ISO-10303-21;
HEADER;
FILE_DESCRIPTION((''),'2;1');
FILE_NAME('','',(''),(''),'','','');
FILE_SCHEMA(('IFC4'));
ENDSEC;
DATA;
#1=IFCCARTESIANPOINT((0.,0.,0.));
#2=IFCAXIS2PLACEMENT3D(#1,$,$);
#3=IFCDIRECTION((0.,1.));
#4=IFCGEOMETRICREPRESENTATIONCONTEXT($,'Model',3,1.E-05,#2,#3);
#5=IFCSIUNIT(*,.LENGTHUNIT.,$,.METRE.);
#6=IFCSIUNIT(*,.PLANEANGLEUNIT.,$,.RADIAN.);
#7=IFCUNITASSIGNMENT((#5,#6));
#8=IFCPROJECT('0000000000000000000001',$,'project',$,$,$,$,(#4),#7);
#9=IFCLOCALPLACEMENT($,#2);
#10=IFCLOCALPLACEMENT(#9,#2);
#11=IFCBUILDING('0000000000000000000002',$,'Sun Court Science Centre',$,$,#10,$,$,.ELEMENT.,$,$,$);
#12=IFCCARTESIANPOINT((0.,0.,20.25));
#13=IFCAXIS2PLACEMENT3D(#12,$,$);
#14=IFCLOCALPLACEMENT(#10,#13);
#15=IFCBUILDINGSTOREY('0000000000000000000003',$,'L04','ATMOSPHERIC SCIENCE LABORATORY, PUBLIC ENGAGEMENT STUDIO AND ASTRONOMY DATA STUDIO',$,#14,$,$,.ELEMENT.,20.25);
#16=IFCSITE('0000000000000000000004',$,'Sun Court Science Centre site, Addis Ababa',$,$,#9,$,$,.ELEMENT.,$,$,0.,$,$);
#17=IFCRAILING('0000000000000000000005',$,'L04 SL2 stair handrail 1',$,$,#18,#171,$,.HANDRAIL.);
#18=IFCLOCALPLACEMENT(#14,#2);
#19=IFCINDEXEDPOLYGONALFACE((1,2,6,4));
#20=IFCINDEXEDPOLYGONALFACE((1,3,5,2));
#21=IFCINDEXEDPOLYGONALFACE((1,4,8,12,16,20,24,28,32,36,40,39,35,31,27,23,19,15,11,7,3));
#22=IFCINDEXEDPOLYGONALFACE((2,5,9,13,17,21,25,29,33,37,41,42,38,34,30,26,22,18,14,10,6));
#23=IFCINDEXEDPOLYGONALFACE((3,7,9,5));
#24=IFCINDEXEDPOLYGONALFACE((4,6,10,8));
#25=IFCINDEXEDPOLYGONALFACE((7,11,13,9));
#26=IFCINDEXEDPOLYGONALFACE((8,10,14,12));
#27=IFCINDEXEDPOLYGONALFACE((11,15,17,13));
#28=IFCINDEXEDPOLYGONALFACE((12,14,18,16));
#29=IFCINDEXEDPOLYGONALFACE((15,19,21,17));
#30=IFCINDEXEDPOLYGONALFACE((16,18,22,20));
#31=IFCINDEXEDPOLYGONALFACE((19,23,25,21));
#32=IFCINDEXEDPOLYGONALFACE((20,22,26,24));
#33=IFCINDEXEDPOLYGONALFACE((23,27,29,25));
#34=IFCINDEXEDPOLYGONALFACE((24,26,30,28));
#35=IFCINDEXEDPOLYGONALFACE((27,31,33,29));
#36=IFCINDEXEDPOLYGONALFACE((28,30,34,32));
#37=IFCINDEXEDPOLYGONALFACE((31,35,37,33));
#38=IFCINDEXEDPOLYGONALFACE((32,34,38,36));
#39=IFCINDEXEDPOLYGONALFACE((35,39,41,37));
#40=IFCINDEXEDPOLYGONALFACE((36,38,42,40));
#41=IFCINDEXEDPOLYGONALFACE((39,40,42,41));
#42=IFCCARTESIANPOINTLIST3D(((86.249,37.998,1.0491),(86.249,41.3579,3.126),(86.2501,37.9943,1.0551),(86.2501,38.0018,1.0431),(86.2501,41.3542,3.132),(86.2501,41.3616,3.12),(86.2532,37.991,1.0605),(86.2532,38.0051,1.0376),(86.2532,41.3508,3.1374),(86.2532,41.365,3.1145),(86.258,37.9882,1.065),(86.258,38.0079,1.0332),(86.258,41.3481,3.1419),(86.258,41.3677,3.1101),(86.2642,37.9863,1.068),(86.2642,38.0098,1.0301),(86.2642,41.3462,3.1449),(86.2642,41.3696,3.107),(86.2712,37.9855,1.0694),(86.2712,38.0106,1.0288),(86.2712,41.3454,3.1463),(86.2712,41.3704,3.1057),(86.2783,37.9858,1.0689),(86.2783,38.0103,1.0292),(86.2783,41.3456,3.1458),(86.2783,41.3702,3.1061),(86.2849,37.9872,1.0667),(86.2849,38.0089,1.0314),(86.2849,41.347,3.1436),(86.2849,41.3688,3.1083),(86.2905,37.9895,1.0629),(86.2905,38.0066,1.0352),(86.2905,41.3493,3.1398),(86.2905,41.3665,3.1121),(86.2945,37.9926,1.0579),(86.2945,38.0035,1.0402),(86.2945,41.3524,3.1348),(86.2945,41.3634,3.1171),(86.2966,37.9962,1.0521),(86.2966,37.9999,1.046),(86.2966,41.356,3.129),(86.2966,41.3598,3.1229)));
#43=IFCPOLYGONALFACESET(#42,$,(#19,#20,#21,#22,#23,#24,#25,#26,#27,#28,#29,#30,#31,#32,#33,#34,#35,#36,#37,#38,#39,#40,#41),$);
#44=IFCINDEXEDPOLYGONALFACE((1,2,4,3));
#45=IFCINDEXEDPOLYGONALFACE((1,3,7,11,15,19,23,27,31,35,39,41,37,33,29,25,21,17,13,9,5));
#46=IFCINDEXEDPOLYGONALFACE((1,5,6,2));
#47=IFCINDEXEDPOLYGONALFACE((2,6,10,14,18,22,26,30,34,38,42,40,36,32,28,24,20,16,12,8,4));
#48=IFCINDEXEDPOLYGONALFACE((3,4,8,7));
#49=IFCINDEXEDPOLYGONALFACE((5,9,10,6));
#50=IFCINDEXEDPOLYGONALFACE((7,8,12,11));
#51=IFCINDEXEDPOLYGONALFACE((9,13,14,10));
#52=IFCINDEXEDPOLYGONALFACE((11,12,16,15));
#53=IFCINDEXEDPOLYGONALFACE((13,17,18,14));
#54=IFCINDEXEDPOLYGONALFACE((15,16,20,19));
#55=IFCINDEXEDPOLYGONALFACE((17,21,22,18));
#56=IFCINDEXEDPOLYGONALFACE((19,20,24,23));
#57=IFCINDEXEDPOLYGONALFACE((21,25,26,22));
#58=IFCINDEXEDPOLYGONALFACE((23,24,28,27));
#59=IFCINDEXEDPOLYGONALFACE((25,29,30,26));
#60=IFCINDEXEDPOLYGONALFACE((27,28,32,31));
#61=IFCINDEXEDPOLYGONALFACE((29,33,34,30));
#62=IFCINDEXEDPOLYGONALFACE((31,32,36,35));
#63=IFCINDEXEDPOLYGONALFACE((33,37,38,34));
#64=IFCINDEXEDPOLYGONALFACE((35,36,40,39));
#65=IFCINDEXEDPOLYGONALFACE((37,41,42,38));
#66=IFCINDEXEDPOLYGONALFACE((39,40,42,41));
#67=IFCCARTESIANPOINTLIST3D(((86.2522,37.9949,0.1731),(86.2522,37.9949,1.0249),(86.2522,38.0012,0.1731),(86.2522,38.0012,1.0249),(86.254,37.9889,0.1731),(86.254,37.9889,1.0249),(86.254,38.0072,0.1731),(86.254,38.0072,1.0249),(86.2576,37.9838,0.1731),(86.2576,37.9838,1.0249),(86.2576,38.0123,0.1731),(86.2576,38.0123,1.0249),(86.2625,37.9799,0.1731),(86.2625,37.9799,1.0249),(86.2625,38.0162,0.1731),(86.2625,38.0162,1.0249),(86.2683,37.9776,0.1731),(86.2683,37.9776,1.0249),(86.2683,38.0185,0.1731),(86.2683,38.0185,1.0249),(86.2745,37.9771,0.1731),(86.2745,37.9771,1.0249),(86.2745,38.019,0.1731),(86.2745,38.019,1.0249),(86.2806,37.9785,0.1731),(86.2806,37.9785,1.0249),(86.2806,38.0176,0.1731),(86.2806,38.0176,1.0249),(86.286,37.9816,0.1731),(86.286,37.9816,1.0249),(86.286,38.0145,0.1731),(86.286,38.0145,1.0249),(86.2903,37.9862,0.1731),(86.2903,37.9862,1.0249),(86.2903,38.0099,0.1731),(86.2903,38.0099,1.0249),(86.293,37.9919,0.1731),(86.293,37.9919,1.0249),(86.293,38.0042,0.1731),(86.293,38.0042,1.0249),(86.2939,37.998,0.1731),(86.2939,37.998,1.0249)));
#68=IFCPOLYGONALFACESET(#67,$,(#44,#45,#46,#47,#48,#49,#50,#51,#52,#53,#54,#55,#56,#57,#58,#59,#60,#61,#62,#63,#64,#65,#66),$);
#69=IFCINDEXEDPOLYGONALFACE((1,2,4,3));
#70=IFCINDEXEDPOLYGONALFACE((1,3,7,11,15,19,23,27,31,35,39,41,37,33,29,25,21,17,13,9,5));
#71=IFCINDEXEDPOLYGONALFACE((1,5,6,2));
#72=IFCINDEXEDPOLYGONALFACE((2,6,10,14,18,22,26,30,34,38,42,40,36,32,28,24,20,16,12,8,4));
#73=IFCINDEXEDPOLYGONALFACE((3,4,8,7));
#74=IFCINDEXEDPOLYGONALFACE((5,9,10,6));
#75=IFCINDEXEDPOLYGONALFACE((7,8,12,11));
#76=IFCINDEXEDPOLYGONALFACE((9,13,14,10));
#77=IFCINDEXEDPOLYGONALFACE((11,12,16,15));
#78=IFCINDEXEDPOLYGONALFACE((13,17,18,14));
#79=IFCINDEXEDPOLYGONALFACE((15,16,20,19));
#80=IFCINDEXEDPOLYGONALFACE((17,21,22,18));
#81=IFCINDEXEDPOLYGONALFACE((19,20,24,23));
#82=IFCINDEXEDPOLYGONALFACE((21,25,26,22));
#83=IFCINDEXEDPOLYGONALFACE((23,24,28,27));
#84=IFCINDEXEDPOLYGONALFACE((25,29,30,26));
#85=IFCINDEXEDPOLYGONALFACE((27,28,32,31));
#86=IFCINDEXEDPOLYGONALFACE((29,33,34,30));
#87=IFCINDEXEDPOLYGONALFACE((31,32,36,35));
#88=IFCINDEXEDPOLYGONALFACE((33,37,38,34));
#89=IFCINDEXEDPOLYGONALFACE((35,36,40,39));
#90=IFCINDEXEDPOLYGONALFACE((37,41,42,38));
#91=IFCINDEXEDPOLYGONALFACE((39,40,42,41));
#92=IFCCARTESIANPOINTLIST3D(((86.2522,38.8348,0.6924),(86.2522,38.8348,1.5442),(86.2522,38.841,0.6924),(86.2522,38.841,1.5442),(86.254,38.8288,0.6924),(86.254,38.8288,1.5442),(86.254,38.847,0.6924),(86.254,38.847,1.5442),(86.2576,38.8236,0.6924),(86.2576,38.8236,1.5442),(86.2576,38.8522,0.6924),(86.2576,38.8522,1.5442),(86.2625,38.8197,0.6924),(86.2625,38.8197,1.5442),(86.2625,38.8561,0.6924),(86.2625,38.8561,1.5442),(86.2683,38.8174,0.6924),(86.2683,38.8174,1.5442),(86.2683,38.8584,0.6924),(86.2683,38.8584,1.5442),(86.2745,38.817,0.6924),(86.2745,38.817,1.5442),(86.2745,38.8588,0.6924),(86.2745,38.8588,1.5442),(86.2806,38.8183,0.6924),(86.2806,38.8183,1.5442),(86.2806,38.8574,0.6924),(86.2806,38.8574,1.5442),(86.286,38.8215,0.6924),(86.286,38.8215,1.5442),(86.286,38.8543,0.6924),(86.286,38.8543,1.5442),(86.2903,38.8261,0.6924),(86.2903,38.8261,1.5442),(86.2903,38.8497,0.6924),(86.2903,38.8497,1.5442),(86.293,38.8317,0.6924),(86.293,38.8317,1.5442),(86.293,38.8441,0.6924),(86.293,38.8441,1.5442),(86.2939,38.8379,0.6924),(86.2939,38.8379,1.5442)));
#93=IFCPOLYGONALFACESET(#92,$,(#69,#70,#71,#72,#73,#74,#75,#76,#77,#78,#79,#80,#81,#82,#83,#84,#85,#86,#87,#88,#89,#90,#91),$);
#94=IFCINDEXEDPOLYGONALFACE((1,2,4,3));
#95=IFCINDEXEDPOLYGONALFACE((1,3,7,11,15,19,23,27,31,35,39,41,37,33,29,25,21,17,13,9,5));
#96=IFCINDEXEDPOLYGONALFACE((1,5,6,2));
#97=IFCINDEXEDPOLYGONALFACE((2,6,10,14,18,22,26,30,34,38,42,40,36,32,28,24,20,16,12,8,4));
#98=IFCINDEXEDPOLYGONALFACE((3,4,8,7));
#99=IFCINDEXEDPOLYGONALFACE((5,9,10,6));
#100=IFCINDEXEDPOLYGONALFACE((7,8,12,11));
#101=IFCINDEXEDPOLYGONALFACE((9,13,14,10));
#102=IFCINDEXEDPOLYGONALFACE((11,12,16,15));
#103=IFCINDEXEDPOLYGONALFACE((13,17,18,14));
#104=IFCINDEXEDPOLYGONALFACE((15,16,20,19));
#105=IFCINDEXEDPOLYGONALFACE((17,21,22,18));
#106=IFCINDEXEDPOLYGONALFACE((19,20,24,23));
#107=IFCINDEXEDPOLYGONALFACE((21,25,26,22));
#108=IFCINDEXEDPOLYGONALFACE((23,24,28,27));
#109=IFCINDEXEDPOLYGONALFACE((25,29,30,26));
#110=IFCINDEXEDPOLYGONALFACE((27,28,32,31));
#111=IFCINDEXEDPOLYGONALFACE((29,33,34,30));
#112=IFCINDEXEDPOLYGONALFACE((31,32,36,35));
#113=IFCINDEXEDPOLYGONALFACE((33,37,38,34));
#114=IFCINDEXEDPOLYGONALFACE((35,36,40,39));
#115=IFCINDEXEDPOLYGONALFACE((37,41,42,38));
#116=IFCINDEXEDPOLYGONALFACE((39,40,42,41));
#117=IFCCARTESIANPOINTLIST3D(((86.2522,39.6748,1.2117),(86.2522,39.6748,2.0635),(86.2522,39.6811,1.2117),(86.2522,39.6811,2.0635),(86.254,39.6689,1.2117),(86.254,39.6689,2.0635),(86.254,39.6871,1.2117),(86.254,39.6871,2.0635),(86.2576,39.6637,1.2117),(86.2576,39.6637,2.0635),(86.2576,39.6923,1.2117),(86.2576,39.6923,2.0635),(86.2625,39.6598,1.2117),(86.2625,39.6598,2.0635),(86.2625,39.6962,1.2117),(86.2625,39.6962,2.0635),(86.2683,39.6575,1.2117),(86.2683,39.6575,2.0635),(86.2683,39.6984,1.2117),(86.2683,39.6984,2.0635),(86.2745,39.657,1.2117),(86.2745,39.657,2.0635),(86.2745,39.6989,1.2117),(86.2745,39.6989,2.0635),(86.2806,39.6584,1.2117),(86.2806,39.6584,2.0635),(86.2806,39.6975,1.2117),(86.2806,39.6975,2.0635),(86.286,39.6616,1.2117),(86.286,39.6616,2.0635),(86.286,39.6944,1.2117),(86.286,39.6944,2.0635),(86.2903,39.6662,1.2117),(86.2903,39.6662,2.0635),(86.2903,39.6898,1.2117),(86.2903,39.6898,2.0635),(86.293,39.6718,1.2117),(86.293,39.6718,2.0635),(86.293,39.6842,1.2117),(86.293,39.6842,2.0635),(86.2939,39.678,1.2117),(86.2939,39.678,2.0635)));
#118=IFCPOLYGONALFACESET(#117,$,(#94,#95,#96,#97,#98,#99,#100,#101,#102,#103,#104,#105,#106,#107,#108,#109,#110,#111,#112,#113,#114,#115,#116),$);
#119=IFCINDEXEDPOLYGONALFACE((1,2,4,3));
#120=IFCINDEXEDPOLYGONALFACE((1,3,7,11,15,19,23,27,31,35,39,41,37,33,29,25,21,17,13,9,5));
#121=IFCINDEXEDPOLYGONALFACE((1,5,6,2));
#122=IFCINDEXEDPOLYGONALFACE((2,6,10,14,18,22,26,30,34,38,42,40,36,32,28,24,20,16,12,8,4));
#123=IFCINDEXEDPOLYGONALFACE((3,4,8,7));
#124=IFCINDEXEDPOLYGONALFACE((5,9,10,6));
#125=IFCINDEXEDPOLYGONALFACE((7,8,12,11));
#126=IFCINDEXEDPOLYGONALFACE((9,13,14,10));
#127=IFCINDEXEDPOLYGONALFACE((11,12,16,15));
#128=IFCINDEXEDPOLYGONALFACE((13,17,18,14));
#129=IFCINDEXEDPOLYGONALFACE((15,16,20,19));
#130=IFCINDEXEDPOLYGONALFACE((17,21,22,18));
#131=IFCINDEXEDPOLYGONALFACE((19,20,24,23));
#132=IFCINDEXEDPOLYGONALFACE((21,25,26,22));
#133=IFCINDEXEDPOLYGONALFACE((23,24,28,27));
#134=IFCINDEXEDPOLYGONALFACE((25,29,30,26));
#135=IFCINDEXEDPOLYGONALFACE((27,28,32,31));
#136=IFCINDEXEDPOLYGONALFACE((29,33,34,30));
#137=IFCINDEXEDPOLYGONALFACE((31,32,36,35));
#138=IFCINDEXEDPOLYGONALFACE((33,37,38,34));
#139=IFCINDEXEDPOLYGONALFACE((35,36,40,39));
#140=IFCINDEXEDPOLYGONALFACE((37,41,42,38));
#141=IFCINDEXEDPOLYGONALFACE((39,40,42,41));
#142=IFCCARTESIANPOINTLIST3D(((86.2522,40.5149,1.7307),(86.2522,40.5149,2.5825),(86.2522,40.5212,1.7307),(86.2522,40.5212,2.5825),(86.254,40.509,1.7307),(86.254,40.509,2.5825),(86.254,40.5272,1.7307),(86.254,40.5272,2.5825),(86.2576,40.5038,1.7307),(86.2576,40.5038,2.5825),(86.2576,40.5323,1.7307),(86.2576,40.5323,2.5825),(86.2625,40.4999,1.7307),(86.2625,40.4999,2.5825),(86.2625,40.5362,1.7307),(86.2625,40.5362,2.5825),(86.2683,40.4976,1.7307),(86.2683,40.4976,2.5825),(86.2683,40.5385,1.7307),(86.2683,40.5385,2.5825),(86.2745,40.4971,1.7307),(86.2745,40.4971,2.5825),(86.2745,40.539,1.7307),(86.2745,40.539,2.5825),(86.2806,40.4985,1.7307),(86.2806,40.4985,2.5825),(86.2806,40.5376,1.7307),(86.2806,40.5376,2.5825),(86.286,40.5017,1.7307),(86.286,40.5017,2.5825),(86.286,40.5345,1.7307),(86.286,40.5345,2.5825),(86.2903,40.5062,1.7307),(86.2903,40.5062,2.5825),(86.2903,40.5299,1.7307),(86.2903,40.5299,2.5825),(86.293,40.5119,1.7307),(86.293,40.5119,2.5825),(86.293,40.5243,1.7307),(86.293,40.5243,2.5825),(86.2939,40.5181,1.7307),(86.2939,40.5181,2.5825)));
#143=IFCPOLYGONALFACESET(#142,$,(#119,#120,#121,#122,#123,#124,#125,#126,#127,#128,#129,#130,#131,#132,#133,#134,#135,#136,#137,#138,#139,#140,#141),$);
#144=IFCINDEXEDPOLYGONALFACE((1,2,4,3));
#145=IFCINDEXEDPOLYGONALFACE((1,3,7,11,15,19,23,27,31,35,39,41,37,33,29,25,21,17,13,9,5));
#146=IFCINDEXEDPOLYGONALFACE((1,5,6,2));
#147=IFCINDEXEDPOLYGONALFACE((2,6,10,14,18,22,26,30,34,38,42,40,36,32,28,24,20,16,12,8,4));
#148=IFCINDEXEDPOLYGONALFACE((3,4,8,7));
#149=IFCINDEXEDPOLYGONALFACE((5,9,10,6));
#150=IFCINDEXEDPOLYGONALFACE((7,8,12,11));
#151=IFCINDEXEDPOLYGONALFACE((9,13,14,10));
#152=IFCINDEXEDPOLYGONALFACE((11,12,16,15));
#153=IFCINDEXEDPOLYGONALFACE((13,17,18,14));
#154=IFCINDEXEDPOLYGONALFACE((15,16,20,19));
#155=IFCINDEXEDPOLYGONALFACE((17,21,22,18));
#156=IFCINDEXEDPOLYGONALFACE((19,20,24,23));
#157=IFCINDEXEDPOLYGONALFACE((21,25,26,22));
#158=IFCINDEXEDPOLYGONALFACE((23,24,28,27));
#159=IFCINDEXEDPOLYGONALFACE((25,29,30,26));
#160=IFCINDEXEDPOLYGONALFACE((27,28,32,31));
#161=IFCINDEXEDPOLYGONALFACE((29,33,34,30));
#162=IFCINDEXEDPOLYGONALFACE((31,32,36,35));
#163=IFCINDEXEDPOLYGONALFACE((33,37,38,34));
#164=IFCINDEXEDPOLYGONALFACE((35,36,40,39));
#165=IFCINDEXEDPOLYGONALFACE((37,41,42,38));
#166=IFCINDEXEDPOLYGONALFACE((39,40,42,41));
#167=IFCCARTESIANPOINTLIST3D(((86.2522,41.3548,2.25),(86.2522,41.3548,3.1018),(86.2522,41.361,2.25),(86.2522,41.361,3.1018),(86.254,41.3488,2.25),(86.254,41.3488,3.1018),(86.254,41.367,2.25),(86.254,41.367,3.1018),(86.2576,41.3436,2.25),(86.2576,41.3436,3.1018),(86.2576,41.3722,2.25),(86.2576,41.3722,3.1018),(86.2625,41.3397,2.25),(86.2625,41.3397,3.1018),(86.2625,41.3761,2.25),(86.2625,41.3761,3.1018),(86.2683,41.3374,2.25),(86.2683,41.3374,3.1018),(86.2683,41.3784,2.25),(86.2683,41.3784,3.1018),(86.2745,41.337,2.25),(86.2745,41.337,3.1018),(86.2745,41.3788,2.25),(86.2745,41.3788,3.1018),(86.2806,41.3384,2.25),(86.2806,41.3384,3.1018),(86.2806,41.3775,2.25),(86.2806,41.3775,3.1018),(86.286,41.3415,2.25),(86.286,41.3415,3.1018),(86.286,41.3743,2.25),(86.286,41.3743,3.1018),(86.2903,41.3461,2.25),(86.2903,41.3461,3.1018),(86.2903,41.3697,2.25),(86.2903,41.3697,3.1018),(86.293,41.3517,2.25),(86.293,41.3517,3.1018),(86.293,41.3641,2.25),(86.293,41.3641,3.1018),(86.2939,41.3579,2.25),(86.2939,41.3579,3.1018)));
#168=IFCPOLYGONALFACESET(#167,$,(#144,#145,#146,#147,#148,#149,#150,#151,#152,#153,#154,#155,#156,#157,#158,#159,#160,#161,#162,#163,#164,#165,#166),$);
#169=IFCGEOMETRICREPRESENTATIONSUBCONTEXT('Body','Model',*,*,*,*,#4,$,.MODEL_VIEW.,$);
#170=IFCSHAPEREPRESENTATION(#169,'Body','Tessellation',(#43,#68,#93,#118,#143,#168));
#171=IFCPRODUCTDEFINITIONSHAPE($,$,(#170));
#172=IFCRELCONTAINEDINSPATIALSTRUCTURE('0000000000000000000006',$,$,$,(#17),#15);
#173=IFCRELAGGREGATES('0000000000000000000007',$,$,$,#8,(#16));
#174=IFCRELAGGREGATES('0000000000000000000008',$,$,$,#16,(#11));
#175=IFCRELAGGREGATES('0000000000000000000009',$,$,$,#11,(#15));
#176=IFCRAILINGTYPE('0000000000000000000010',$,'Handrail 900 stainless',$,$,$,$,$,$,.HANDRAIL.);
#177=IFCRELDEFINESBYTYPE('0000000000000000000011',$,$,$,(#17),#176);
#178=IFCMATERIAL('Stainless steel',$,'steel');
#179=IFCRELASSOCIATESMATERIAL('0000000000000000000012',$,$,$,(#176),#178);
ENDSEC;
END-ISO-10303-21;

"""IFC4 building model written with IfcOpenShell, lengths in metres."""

from ifc_helpers import new_model, si_unit, direction, frame, origin, origin_2d, place, context, subcontext, project, spatial, circle, extrude, material, type_object, element, save


model = new_model("IFC4")

# Units and contexts
model_context = context("Model", 3, precision=1e-05, world=origin(), true_north=direction((0.0, 1.0)))
body_context = subcontext(model_context, "Body", "Model", "MODEL_VIEW")
ifc_project = project(units=[si_unit("LENGTHUNIT", "METRE"), si_unit("PLANEANGLEUNIT", "RADIAN")], contexts=[model_context])

# Site, building, storey
site_placement = place(None, origin())
site = spatial("IfcSite", under=ifc_project, at=site_placement, Name="Sun Court Science Centre site, Addis Ababa", CompositionType="ELEMENT", RefElevation=0.0)
building_placement = place(site_placement, origin())
building = spatial("IfcBuilding", under=site, at=building_placement, Name="Sun Court Science Centre", CompositionType="ELEMENT")
storey_placement = place(building_placement, frame((0.0, 0.0, 20.25)))
storey = spatial("IfcBuildingStorey", under=building, at=storey_placement, Name="L04", Description="ATMOSPHERIC SCIENCE LABORATORY, PUBLIC ENGAGEMENT STUDIO AND ASTRONOMY DATA STUDIO", CompositionType="ELEMENT", Elevation=20.25)

# Railing
ifc_material_1 = material(Name="Stainless steel", Category="steel")
railing_type_1 = type_object("IfcRailingType", Name="Handrail 900 stainless", PredefinedType="HANDRAIL", material=ifc_material_1)
railing_1_placement = place(storey_placement, frame((86.2729, 37.998, 0.1731)))
element("IfcRailing", 1, at=railing_1_placement, inside=storey, type_object=railing_type_1, Name="L04 SL2 stair handrail 1", PredefinedType="HANDRAIL", context=body_context, shape_type="SweptSolid", body=[
    extrude(circle(Radius=0.0239, at=origin_2d()), frame((0.0, 0.0, 0.876), z_axis=(0.0, 0.850606, 0.525803), x_axis=(-1.0, 0.0, 0.0)), (0.0, 0.0, 1.0), 3.95),
    extrude(circle(Radius=0.021, at=origin_2d()), origin(), (0.0, 0.0, 1.0), 0.8518),
    extrude(circle(Radius=0.021, at=origin_2d()), frame((0.0, 0.8398, 0.5193)), (0.0, 0.0, 1.0), 0.8518),
    extrude(circle(Radius=0.021, at=origin_2d()), frame((0.0, 1.6799, 1.0386)), (0.0, 0.0, 1.0), 0.8518),
    extrude(circle(Radius=0.021, at=origin_2d()), frame((0.0, 2.52, 1.5576)), (0.0, 0.0, 1.0), 0.8518),
    extrude(circle(Radius=0.021, at=origin_2d()), frame((0.0, 3.3599, 2.0769)), (0.0, 0.0, 1.0), 0.8518),
])

save(model, "model.ifc")
